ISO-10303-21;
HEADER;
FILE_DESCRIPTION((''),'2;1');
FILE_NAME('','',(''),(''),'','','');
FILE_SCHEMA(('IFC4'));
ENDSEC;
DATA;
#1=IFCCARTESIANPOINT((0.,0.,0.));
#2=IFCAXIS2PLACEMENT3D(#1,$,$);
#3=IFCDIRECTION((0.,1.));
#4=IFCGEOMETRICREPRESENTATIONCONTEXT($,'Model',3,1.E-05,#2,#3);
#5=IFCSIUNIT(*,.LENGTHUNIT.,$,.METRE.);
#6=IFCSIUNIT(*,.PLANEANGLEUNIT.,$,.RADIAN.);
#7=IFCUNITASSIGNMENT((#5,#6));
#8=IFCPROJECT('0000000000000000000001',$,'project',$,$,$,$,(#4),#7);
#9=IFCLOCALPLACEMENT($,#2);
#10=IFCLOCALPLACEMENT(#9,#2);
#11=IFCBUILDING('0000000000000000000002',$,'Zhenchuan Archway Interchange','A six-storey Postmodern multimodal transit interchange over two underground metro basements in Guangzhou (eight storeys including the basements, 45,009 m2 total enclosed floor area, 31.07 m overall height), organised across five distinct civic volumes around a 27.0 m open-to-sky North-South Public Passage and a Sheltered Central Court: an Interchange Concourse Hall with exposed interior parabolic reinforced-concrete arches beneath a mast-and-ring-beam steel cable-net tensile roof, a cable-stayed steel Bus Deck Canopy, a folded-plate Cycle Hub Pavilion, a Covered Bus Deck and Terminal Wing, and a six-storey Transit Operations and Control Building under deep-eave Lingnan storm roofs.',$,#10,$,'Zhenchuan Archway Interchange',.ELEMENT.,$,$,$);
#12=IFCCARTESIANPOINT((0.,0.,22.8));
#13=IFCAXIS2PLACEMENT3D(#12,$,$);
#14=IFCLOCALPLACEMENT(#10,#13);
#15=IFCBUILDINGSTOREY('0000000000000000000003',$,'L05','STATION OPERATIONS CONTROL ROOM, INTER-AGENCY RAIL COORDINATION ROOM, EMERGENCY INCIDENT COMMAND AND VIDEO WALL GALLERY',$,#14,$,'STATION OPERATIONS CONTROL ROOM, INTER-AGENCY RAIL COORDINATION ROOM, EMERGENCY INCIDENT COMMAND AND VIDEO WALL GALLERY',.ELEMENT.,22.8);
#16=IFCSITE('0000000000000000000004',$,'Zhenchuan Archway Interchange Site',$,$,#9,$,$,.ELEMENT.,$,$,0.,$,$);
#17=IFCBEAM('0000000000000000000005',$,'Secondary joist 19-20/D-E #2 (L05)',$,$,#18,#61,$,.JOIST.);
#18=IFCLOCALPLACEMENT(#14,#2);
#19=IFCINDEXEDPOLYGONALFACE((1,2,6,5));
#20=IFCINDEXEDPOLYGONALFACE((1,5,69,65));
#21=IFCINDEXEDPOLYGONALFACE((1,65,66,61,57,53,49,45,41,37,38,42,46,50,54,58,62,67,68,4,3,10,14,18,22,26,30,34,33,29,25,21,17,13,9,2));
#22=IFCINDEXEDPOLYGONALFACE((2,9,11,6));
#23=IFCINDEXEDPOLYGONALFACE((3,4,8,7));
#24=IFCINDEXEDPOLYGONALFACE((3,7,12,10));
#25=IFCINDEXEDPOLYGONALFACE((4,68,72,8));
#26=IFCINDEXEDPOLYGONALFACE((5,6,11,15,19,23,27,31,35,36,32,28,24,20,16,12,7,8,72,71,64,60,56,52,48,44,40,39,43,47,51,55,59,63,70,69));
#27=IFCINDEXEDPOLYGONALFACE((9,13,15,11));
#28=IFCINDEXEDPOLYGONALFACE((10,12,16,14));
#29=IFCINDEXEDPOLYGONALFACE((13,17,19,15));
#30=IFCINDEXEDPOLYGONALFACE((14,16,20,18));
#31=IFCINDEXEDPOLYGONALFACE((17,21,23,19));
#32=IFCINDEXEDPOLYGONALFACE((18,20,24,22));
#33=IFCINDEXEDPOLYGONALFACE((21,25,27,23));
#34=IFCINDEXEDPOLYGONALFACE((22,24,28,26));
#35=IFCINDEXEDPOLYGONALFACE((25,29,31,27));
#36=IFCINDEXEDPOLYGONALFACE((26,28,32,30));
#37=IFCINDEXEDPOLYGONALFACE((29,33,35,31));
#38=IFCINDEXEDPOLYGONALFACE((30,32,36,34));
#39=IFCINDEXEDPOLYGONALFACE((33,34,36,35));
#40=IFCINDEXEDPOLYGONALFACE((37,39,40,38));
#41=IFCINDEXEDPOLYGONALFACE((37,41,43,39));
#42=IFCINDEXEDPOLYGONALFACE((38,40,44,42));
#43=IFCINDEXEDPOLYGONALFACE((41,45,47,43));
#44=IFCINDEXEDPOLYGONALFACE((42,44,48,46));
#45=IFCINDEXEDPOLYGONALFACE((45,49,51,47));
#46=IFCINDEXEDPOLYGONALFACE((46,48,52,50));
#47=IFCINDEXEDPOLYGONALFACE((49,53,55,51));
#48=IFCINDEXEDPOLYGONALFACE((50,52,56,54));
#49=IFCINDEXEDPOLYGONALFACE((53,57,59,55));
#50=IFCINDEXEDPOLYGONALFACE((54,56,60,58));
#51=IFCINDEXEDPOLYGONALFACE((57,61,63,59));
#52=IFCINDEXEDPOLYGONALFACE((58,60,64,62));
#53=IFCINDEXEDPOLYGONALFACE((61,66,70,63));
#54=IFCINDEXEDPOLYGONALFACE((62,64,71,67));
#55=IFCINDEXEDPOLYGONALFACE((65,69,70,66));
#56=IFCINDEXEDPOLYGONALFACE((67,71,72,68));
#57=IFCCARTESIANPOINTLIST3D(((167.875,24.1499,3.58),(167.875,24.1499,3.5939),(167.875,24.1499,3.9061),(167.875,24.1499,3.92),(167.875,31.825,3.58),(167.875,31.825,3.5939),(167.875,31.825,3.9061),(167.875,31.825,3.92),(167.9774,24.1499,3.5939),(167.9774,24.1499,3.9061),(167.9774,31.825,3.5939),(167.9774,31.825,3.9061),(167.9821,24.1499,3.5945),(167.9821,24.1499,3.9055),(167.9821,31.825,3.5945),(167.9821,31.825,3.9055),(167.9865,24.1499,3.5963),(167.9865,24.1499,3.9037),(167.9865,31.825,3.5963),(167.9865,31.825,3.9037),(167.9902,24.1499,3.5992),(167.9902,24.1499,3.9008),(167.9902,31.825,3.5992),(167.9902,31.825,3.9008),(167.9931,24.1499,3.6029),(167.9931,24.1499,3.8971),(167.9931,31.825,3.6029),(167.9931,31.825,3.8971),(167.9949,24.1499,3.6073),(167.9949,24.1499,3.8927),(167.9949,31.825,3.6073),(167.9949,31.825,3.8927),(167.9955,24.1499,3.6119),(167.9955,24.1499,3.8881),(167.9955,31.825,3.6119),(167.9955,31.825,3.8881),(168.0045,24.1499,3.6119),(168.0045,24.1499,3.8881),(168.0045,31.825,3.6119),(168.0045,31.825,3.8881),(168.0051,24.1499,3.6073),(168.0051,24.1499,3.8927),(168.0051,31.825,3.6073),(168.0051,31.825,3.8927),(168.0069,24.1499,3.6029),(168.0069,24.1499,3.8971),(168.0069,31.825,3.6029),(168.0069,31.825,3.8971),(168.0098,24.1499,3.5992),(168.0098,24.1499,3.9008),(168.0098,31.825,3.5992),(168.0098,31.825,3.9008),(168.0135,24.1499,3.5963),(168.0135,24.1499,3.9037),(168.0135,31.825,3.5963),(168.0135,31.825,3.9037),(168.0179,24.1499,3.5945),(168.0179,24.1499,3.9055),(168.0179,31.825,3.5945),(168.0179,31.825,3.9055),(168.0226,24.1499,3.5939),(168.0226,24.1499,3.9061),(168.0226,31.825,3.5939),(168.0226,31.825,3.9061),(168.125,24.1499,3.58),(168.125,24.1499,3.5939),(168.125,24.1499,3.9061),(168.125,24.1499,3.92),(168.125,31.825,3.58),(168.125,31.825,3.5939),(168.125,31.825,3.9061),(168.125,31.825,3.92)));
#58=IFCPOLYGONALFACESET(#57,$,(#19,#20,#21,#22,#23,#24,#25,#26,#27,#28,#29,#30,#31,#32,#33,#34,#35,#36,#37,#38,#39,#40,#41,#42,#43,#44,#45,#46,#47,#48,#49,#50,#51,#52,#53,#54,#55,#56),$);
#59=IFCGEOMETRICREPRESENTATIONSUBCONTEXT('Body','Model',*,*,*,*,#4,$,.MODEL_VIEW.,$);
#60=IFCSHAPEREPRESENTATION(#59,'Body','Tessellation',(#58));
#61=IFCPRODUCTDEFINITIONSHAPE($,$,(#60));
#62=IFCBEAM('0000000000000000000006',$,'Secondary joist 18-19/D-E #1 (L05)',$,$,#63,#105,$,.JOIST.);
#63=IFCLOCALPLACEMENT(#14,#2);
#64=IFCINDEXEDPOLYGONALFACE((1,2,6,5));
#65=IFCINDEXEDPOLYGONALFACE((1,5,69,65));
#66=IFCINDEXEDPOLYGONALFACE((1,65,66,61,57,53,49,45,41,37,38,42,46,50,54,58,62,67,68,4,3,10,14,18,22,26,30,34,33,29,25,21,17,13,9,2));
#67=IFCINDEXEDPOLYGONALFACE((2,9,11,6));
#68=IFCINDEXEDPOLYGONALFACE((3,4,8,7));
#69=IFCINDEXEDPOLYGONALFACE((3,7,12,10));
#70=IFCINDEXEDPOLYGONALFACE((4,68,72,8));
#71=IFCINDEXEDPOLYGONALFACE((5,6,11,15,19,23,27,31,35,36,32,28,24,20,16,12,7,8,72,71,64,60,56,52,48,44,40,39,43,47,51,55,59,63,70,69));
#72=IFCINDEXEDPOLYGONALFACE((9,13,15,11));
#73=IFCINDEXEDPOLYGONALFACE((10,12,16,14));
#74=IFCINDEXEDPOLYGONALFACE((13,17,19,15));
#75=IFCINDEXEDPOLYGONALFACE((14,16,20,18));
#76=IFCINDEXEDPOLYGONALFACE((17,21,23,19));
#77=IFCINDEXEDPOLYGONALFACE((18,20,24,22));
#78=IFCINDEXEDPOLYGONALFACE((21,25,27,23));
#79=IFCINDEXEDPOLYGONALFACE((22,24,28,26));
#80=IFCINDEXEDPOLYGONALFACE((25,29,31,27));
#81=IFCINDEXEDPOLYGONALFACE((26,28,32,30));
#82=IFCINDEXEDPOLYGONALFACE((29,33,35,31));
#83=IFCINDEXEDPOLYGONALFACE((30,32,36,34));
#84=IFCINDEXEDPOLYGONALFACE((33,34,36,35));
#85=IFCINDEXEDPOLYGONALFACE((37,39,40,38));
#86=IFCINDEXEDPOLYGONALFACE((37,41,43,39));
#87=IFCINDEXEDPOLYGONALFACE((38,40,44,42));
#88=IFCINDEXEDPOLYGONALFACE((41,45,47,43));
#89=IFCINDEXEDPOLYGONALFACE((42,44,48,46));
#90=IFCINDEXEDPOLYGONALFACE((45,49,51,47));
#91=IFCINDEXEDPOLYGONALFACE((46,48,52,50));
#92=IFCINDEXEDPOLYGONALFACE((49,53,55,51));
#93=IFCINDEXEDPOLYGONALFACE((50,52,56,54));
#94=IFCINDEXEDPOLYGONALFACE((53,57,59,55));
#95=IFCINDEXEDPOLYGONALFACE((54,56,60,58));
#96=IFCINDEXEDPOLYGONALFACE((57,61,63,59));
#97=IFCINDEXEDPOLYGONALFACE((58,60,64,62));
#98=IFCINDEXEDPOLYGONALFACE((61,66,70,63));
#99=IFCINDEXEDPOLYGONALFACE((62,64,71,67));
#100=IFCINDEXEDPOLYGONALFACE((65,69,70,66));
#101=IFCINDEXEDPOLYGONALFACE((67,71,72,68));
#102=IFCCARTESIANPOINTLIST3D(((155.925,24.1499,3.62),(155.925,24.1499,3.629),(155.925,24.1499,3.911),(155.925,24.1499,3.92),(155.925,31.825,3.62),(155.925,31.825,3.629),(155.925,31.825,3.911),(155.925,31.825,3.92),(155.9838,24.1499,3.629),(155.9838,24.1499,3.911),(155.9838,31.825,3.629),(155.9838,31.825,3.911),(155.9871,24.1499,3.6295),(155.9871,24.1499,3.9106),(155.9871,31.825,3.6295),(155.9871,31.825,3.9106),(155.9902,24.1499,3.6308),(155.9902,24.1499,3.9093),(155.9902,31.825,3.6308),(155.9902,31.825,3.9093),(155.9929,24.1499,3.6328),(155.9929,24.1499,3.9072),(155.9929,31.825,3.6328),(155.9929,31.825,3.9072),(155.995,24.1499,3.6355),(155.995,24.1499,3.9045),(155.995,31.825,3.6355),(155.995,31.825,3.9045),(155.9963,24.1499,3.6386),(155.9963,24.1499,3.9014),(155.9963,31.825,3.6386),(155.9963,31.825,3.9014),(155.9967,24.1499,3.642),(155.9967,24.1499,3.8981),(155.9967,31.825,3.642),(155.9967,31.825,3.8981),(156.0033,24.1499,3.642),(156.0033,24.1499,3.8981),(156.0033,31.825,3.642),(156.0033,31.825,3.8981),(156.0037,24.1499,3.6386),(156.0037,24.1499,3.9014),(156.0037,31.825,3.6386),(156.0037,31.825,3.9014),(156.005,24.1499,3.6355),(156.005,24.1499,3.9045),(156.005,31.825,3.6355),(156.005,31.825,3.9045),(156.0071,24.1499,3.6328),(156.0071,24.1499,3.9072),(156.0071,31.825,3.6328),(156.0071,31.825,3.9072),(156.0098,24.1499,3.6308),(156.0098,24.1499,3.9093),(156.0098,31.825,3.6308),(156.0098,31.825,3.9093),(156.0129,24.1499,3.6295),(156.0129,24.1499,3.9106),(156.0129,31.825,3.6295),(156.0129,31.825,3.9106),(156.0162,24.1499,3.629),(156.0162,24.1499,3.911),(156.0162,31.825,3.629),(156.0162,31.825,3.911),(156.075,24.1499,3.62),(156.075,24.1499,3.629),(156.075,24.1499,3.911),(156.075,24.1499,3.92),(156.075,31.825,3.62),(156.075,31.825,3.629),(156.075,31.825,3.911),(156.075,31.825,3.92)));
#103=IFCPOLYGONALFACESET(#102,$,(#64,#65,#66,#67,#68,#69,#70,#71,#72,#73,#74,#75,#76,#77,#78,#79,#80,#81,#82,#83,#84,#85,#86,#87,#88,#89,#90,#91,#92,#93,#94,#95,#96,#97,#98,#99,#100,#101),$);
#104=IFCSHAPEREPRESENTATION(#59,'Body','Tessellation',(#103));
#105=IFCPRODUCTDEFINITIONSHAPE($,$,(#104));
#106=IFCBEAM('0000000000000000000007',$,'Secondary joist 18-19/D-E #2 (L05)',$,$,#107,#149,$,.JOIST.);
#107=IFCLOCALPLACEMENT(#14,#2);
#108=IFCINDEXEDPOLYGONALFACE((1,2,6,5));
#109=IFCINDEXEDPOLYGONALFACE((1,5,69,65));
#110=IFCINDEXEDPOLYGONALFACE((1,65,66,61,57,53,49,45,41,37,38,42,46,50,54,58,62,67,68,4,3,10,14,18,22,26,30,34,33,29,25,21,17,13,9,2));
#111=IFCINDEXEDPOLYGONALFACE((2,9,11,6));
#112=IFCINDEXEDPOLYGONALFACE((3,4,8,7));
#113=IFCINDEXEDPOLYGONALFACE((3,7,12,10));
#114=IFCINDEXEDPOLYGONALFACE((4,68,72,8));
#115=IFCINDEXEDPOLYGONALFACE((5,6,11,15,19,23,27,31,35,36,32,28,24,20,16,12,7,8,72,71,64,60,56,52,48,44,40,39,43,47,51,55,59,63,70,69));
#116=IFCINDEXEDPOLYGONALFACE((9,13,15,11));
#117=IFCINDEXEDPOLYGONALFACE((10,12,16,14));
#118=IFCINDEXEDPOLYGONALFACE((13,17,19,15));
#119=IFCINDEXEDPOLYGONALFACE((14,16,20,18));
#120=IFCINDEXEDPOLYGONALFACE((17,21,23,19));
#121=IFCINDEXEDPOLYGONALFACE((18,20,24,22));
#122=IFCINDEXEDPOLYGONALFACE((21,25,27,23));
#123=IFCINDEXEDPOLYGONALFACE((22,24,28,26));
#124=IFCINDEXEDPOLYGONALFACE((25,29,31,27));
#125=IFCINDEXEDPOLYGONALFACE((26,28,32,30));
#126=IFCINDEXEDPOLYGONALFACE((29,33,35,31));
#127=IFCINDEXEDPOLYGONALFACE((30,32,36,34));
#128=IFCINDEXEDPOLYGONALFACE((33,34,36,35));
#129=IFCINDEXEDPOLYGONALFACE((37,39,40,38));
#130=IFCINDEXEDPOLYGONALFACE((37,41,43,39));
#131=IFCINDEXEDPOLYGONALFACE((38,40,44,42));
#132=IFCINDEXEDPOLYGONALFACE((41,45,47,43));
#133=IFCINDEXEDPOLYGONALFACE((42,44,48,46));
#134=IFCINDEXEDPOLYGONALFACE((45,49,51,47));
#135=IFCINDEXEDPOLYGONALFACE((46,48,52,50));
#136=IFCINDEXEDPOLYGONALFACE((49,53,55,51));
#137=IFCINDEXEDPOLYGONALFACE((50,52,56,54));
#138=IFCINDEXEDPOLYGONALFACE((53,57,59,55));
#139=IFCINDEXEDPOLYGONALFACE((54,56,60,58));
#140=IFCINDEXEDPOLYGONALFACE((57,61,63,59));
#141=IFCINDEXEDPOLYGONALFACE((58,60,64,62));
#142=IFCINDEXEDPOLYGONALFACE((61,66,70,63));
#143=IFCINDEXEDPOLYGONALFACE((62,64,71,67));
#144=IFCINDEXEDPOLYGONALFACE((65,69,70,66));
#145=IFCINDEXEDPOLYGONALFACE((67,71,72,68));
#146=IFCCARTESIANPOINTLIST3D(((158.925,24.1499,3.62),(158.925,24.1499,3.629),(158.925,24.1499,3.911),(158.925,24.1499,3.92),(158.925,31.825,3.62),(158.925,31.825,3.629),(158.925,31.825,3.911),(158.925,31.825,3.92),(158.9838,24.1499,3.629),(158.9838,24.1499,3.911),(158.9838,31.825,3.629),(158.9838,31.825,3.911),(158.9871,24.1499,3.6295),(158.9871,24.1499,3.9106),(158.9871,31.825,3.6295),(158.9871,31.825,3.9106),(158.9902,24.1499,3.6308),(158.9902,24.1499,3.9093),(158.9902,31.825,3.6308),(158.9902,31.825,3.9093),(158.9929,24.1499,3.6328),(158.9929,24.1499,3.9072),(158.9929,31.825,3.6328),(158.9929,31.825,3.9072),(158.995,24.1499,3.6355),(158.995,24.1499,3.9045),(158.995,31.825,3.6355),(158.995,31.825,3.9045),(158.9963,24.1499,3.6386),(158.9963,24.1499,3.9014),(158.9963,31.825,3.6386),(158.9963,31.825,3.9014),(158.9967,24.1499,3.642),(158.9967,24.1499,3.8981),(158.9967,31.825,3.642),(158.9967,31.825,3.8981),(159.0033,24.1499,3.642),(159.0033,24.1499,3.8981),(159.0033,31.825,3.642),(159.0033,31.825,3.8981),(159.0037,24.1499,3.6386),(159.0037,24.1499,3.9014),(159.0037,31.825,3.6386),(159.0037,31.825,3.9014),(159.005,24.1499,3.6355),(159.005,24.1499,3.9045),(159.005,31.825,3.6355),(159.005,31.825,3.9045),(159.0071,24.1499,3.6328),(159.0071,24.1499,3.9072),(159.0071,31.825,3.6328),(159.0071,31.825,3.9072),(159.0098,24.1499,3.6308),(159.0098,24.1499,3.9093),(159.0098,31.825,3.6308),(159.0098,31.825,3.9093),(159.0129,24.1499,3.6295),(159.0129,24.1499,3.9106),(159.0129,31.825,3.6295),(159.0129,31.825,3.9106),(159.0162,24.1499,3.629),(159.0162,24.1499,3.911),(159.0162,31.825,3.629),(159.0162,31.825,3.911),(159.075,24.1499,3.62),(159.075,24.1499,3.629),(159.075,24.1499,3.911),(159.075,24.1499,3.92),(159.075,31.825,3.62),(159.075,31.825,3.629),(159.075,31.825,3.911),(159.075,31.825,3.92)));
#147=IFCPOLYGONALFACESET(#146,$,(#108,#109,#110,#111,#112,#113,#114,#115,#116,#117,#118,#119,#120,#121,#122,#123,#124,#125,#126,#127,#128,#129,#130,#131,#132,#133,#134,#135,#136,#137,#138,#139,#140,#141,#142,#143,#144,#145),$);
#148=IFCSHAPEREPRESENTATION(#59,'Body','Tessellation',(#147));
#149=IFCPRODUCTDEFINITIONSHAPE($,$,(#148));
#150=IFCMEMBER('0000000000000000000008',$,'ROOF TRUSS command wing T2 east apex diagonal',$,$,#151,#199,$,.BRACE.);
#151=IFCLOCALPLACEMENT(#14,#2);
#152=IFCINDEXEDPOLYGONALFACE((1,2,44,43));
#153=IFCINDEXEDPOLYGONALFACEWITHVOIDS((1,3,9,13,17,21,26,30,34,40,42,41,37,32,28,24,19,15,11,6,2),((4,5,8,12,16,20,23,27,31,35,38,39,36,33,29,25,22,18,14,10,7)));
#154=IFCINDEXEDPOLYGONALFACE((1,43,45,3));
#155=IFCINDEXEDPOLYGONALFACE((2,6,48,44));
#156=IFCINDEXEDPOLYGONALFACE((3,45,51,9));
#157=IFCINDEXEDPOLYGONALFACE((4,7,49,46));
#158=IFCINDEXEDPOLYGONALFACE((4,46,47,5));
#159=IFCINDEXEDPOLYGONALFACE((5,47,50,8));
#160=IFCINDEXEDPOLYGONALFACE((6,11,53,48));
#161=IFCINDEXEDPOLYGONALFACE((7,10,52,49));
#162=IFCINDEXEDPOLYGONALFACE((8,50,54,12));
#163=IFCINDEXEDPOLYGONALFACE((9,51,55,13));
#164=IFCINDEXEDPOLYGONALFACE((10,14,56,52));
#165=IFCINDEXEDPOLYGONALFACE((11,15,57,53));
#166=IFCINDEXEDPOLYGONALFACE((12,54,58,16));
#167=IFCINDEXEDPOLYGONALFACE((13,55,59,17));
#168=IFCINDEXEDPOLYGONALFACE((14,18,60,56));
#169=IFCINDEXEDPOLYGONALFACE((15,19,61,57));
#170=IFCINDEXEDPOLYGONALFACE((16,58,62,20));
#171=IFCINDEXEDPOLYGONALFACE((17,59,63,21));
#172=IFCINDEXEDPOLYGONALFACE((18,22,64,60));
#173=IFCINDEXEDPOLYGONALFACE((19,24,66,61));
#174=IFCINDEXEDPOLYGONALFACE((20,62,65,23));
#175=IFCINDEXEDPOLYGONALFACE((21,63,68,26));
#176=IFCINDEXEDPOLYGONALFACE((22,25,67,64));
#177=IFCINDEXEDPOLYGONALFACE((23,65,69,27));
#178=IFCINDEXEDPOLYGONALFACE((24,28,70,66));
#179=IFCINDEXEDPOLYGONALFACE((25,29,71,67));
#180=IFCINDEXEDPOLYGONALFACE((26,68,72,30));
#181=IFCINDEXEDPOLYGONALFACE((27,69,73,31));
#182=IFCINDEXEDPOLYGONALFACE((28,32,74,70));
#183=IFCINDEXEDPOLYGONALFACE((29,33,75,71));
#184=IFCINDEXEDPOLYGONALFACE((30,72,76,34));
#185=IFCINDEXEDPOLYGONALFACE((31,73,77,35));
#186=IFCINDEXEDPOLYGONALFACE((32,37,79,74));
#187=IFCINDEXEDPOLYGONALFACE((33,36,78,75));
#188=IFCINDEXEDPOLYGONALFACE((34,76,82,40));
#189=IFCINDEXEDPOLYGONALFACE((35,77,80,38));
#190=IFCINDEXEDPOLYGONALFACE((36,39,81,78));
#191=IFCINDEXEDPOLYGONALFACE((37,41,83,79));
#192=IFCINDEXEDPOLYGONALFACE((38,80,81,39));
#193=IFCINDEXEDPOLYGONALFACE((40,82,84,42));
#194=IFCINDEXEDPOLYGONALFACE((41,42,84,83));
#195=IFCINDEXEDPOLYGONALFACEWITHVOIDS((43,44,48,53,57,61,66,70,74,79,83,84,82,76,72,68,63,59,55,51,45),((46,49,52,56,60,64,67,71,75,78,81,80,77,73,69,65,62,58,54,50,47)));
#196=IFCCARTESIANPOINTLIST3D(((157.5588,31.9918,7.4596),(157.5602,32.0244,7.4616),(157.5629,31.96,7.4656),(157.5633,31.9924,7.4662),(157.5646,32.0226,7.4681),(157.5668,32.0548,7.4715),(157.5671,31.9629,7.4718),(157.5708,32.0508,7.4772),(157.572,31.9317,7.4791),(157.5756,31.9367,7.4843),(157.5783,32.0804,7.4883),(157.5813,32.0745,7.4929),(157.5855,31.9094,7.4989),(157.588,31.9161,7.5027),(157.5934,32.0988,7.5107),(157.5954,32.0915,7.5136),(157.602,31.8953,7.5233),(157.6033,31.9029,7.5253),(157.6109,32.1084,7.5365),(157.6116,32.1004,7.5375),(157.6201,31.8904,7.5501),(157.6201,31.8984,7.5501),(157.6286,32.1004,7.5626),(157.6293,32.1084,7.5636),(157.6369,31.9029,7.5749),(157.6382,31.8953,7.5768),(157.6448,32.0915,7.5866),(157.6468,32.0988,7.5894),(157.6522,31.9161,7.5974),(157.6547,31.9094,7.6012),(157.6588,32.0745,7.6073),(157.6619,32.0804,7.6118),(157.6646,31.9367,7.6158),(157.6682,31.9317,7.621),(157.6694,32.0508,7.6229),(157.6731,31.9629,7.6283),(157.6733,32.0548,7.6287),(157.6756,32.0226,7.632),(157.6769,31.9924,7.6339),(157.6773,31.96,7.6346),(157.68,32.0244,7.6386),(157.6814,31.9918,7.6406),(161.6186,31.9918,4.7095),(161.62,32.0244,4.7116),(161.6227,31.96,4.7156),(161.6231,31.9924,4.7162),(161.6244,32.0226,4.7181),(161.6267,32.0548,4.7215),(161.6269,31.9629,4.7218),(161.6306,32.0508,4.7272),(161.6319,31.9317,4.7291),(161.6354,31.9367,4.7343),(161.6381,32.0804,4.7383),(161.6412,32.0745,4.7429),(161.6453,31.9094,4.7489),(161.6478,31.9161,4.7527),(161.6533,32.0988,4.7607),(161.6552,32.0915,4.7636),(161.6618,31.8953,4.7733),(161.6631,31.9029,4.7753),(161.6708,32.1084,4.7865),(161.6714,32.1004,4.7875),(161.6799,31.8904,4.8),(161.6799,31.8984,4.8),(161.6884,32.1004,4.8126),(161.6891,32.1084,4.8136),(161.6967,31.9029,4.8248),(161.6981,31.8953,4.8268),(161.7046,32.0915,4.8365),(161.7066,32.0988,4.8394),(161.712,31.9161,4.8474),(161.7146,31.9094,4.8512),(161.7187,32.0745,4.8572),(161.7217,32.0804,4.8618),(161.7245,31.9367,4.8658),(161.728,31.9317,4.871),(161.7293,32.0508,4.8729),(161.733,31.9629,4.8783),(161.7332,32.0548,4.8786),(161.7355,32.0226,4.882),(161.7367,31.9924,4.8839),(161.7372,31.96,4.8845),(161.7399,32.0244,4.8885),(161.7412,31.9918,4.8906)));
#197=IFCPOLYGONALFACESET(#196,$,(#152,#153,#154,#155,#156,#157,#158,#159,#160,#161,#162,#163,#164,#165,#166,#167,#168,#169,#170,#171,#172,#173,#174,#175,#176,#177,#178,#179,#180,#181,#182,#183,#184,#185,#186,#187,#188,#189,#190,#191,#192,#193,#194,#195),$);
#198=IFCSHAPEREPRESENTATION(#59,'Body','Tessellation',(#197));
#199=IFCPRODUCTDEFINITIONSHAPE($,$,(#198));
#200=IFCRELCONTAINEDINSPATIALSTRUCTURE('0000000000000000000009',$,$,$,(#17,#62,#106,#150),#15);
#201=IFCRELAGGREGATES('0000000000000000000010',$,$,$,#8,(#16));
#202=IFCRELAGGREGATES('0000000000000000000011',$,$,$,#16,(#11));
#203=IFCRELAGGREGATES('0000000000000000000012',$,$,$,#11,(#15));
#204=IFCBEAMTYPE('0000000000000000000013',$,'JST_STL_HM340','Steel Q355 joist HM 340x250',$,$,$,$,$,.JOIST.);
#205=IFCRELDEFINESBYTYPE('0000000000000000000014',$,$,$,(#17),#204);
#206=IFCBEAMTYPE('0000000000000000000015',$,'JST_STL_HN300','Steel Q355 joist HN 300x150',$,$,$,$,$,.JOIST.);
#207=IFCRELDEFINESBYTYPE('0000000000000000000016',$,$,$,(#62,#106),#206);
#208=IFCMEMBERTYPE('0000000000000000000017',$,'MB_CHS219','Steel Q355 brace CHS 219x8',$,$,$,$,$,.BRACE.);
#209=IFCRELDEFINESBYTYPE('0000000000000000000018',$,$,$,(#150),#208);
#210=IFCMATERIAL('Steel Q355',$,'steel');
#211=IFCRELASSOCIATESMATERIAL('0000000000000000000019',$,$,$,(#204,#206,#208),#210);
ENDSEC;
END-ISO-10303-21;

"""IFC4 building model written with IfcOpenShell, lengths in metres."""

from ifc_helpers import new_model, si_unit, direction, frame, origin, origin_2d, place, context, subcontext, project, spatial, hollow_circle, i_section, extrude, material, material_profile, profile_set, type_object, element, save


model = new_model("IFC4")

# Units and contexts
model_context = context("Model", 3, precision=1e-05, world=origin(), true_north=direction((0.0, 1.0)))
body_context = subcontext(model_context, "Body", "Model", "MODEL_VIEW")
ifc_project = project(units=[si_unit("LENGTHUNIT", "METRE"), si_unit("PLANEANGLEUNIT", "RADIAN")], contexts=[model_context])

# Site, building, storey
site_placement = place(None, origin())
site = spatial("IfcSite", under=ifc_project, at=site_placement, Name="Zhenchuan Archway Interchange Site", CompositionType="ELEMENT", RefElevation=0.0)
building_placement = place(site_placement, origin())
building = spatial("IfcBuilding", under=site, at=building_placement, Name="Zhenchuan Archway Interchange", Description="A six-storey Postmodern multimodal transit interchange over two underground metro basements in Guangzhou (eight storeys including the basements, 45,009 m2 total enclosed floor area, 31.07 m overall height), organised across five distinct civic volumes around a 27.0 m open-to-sky North-South Public Passage and a Sheltered Central Court: an Interchange Concourse Hall with exposed interior parabolic reinforced-concrete arches beneath a mast-and-ring-beam steel cable-net tensile roof, a cable-stayed steel Bus Deck Canopy, a folded-plate Cycle Hub Pavilion, a Covered Bus Deck and Terminal Wing, and a six-storey Transit Operations and Control Building under deep-eave Lingnan storm roofs.", LongName="Zhenchuan Archway Interchange", CompositionType="ELEMENT")
storey_placement = place(building_placement, frame((0.0, 0.0, 22.8)))
storey = spatial("IfcBuildingStorey", under=building, at=storey_placement, Name="L05", Description="STATION OPERATIONS CONTROL ROOM, INTER-AGENCY RAIL COORDINATION ROOM, EMERGENCY INCIDENT COMMAND AND VIDEO WALL GALLERY", LongName="STATION OPERATIONS CONTROL ROOM, INTER-AGENCY RAIL COORDINATION ROOM, EMERGENCY INCIDENT COMMAND AND VIDEO WALL GALLERY", CompositionType="ELEMENT", Elevation=22.8)

# Shared definitions
ifc_material_1 = material(Name="Steel Q355", Category="steel")

# Beams
ifc_material_profile_1 = material_profile(ifc_material_1, i_section(OverallWidth=0.25, OverallDepth=0.3401, WebThickness=0.009, FlangeThickness=0.0139, FilletRadius=0.0181, at=origin_2d()), Name="HM 340x250")
ifc_profile_set_1 = profile_set([ifc_material_profile_1], Name="Steel Q355")
beam_type_1 = type_object("IfcBeamType", Name="JST_STL_HM340", Description="Steel Q355 joist HM 340x250", PredefinedType="JOIST", material=ifc_profile_set_1)
for number, where, z_axis, x_axis, name in (
    (1, (168.0, 24.1499, 3.75), (0.0, 1.0, 0.0), (-1.0, 0.0, 0.0), "Secondary joist 19-20/D-E #2 (L05)"),
):
    element("IfcBeam", number, at=place(storey_placement, frame(where, z_axis=z_axis, x_axis=x_axis)), inside=storey, type_object=beam_type_1, Name=name, PredefinedType="JOIST", context=body_context, shape_type="SweptSolid", body=[
        extrude(i_section(OverallWidth=0.25, OverallDepth=0.3401, WebThickness=0.009, FlangeThickness=0.0139, FilletRadius=0.0181, at=origin_2d()), origin(), (0.0, 0.0, 1.0), 7.675),
    ])
ifc_material_profile_2 = material_profile(ifc_material_1, i_section(OverallWidth=0.1499, OverallDepth=0.3, WebThickness=0.0066, FlangeThickness=0.009, FilletRadius=0.0129, at=origin_2d()), Name="HN 300x150")
ifc_profile_set_2 = profile_set([ifc_material_profile_2], Name="Steel Q355")
beam_type_2 = type_object("IfcBeamType", Name="JST_STL_HN300", Description="Steel Q355 joist HN 300x150", PredefinedType="JOIST", material=ifc_profile_set_2)
for number, where, z_axis, x_axis, name in (
    (2, (156.0, 24.1499, 3.77), (0.0, 1.0, 0.0), (-1.0, 0.0, 0.0), "Secondary joist 18-19/D-E #1 (L05)"),
    (3, (159.0, 24.1499, 3.77), (0.0, 1.0, 0.0), (-1.0, 0.0, 0.0), "Secondary joist 18-19/D-E #2 (L05)"),
):
    element("IfcBeam", number, at=place(storey_placement, frame(where, z_axis=z_axis, x_axis=x_axis)), inside=storey, type_object=beam_type_2, Name=name, PredefinedType="JOIST", context=body_context, shape_type="SweptSolid", body=[
        extrude(i_section(OverallWidth=0.1499, OverallDepth=0.3, WebThickness=0.0066, FlangeThickness=0.009, FilletRadius=0.0129, at=origin_2d()), origin(), (0.0, 0.0, 1.0), 7.675),
    ])

# Member
ifc_material_profile_3 = material_profile(ifc_material_1, hollow_circle(Radius=0.1096, WallThickness=0.0081, at=origin_2d()), Name="CHS 219x8")
ifc_profile_set_3 = profile_set([ifc_material_profile_3], Name="Steel Q355")
member_type_1 = type_object("IfcMemberType", Name="MB_CHS219", Description="Steel Q355 brace CHS 219x8", PredefinedType="BRACE", material=ifc_profile_set_3)
member_1_placement = place(storey_placement, frame((161.6799, 32.0, 4.8), z_axis=(-0.827937, 0.0, 0.560821), x_axis=(0.0, -1.0, 0.0)))
element("IfcMember", 4, at=member_1_placement, inside=storey, type_object=member_type_1, Name="ROOF TRUSS command wing T2 east apex diagonal", PredefinedType="BRACE", context=body_context, shape_type="SweptSolid", body=[
    extrude(hollow_circle(Radius=0.1096, WallThickness=0.0081, at=origin_2d()), origin(), (0.0, 0.0, 1.0), 4.9036),
])

save(model, "model.ifc")
